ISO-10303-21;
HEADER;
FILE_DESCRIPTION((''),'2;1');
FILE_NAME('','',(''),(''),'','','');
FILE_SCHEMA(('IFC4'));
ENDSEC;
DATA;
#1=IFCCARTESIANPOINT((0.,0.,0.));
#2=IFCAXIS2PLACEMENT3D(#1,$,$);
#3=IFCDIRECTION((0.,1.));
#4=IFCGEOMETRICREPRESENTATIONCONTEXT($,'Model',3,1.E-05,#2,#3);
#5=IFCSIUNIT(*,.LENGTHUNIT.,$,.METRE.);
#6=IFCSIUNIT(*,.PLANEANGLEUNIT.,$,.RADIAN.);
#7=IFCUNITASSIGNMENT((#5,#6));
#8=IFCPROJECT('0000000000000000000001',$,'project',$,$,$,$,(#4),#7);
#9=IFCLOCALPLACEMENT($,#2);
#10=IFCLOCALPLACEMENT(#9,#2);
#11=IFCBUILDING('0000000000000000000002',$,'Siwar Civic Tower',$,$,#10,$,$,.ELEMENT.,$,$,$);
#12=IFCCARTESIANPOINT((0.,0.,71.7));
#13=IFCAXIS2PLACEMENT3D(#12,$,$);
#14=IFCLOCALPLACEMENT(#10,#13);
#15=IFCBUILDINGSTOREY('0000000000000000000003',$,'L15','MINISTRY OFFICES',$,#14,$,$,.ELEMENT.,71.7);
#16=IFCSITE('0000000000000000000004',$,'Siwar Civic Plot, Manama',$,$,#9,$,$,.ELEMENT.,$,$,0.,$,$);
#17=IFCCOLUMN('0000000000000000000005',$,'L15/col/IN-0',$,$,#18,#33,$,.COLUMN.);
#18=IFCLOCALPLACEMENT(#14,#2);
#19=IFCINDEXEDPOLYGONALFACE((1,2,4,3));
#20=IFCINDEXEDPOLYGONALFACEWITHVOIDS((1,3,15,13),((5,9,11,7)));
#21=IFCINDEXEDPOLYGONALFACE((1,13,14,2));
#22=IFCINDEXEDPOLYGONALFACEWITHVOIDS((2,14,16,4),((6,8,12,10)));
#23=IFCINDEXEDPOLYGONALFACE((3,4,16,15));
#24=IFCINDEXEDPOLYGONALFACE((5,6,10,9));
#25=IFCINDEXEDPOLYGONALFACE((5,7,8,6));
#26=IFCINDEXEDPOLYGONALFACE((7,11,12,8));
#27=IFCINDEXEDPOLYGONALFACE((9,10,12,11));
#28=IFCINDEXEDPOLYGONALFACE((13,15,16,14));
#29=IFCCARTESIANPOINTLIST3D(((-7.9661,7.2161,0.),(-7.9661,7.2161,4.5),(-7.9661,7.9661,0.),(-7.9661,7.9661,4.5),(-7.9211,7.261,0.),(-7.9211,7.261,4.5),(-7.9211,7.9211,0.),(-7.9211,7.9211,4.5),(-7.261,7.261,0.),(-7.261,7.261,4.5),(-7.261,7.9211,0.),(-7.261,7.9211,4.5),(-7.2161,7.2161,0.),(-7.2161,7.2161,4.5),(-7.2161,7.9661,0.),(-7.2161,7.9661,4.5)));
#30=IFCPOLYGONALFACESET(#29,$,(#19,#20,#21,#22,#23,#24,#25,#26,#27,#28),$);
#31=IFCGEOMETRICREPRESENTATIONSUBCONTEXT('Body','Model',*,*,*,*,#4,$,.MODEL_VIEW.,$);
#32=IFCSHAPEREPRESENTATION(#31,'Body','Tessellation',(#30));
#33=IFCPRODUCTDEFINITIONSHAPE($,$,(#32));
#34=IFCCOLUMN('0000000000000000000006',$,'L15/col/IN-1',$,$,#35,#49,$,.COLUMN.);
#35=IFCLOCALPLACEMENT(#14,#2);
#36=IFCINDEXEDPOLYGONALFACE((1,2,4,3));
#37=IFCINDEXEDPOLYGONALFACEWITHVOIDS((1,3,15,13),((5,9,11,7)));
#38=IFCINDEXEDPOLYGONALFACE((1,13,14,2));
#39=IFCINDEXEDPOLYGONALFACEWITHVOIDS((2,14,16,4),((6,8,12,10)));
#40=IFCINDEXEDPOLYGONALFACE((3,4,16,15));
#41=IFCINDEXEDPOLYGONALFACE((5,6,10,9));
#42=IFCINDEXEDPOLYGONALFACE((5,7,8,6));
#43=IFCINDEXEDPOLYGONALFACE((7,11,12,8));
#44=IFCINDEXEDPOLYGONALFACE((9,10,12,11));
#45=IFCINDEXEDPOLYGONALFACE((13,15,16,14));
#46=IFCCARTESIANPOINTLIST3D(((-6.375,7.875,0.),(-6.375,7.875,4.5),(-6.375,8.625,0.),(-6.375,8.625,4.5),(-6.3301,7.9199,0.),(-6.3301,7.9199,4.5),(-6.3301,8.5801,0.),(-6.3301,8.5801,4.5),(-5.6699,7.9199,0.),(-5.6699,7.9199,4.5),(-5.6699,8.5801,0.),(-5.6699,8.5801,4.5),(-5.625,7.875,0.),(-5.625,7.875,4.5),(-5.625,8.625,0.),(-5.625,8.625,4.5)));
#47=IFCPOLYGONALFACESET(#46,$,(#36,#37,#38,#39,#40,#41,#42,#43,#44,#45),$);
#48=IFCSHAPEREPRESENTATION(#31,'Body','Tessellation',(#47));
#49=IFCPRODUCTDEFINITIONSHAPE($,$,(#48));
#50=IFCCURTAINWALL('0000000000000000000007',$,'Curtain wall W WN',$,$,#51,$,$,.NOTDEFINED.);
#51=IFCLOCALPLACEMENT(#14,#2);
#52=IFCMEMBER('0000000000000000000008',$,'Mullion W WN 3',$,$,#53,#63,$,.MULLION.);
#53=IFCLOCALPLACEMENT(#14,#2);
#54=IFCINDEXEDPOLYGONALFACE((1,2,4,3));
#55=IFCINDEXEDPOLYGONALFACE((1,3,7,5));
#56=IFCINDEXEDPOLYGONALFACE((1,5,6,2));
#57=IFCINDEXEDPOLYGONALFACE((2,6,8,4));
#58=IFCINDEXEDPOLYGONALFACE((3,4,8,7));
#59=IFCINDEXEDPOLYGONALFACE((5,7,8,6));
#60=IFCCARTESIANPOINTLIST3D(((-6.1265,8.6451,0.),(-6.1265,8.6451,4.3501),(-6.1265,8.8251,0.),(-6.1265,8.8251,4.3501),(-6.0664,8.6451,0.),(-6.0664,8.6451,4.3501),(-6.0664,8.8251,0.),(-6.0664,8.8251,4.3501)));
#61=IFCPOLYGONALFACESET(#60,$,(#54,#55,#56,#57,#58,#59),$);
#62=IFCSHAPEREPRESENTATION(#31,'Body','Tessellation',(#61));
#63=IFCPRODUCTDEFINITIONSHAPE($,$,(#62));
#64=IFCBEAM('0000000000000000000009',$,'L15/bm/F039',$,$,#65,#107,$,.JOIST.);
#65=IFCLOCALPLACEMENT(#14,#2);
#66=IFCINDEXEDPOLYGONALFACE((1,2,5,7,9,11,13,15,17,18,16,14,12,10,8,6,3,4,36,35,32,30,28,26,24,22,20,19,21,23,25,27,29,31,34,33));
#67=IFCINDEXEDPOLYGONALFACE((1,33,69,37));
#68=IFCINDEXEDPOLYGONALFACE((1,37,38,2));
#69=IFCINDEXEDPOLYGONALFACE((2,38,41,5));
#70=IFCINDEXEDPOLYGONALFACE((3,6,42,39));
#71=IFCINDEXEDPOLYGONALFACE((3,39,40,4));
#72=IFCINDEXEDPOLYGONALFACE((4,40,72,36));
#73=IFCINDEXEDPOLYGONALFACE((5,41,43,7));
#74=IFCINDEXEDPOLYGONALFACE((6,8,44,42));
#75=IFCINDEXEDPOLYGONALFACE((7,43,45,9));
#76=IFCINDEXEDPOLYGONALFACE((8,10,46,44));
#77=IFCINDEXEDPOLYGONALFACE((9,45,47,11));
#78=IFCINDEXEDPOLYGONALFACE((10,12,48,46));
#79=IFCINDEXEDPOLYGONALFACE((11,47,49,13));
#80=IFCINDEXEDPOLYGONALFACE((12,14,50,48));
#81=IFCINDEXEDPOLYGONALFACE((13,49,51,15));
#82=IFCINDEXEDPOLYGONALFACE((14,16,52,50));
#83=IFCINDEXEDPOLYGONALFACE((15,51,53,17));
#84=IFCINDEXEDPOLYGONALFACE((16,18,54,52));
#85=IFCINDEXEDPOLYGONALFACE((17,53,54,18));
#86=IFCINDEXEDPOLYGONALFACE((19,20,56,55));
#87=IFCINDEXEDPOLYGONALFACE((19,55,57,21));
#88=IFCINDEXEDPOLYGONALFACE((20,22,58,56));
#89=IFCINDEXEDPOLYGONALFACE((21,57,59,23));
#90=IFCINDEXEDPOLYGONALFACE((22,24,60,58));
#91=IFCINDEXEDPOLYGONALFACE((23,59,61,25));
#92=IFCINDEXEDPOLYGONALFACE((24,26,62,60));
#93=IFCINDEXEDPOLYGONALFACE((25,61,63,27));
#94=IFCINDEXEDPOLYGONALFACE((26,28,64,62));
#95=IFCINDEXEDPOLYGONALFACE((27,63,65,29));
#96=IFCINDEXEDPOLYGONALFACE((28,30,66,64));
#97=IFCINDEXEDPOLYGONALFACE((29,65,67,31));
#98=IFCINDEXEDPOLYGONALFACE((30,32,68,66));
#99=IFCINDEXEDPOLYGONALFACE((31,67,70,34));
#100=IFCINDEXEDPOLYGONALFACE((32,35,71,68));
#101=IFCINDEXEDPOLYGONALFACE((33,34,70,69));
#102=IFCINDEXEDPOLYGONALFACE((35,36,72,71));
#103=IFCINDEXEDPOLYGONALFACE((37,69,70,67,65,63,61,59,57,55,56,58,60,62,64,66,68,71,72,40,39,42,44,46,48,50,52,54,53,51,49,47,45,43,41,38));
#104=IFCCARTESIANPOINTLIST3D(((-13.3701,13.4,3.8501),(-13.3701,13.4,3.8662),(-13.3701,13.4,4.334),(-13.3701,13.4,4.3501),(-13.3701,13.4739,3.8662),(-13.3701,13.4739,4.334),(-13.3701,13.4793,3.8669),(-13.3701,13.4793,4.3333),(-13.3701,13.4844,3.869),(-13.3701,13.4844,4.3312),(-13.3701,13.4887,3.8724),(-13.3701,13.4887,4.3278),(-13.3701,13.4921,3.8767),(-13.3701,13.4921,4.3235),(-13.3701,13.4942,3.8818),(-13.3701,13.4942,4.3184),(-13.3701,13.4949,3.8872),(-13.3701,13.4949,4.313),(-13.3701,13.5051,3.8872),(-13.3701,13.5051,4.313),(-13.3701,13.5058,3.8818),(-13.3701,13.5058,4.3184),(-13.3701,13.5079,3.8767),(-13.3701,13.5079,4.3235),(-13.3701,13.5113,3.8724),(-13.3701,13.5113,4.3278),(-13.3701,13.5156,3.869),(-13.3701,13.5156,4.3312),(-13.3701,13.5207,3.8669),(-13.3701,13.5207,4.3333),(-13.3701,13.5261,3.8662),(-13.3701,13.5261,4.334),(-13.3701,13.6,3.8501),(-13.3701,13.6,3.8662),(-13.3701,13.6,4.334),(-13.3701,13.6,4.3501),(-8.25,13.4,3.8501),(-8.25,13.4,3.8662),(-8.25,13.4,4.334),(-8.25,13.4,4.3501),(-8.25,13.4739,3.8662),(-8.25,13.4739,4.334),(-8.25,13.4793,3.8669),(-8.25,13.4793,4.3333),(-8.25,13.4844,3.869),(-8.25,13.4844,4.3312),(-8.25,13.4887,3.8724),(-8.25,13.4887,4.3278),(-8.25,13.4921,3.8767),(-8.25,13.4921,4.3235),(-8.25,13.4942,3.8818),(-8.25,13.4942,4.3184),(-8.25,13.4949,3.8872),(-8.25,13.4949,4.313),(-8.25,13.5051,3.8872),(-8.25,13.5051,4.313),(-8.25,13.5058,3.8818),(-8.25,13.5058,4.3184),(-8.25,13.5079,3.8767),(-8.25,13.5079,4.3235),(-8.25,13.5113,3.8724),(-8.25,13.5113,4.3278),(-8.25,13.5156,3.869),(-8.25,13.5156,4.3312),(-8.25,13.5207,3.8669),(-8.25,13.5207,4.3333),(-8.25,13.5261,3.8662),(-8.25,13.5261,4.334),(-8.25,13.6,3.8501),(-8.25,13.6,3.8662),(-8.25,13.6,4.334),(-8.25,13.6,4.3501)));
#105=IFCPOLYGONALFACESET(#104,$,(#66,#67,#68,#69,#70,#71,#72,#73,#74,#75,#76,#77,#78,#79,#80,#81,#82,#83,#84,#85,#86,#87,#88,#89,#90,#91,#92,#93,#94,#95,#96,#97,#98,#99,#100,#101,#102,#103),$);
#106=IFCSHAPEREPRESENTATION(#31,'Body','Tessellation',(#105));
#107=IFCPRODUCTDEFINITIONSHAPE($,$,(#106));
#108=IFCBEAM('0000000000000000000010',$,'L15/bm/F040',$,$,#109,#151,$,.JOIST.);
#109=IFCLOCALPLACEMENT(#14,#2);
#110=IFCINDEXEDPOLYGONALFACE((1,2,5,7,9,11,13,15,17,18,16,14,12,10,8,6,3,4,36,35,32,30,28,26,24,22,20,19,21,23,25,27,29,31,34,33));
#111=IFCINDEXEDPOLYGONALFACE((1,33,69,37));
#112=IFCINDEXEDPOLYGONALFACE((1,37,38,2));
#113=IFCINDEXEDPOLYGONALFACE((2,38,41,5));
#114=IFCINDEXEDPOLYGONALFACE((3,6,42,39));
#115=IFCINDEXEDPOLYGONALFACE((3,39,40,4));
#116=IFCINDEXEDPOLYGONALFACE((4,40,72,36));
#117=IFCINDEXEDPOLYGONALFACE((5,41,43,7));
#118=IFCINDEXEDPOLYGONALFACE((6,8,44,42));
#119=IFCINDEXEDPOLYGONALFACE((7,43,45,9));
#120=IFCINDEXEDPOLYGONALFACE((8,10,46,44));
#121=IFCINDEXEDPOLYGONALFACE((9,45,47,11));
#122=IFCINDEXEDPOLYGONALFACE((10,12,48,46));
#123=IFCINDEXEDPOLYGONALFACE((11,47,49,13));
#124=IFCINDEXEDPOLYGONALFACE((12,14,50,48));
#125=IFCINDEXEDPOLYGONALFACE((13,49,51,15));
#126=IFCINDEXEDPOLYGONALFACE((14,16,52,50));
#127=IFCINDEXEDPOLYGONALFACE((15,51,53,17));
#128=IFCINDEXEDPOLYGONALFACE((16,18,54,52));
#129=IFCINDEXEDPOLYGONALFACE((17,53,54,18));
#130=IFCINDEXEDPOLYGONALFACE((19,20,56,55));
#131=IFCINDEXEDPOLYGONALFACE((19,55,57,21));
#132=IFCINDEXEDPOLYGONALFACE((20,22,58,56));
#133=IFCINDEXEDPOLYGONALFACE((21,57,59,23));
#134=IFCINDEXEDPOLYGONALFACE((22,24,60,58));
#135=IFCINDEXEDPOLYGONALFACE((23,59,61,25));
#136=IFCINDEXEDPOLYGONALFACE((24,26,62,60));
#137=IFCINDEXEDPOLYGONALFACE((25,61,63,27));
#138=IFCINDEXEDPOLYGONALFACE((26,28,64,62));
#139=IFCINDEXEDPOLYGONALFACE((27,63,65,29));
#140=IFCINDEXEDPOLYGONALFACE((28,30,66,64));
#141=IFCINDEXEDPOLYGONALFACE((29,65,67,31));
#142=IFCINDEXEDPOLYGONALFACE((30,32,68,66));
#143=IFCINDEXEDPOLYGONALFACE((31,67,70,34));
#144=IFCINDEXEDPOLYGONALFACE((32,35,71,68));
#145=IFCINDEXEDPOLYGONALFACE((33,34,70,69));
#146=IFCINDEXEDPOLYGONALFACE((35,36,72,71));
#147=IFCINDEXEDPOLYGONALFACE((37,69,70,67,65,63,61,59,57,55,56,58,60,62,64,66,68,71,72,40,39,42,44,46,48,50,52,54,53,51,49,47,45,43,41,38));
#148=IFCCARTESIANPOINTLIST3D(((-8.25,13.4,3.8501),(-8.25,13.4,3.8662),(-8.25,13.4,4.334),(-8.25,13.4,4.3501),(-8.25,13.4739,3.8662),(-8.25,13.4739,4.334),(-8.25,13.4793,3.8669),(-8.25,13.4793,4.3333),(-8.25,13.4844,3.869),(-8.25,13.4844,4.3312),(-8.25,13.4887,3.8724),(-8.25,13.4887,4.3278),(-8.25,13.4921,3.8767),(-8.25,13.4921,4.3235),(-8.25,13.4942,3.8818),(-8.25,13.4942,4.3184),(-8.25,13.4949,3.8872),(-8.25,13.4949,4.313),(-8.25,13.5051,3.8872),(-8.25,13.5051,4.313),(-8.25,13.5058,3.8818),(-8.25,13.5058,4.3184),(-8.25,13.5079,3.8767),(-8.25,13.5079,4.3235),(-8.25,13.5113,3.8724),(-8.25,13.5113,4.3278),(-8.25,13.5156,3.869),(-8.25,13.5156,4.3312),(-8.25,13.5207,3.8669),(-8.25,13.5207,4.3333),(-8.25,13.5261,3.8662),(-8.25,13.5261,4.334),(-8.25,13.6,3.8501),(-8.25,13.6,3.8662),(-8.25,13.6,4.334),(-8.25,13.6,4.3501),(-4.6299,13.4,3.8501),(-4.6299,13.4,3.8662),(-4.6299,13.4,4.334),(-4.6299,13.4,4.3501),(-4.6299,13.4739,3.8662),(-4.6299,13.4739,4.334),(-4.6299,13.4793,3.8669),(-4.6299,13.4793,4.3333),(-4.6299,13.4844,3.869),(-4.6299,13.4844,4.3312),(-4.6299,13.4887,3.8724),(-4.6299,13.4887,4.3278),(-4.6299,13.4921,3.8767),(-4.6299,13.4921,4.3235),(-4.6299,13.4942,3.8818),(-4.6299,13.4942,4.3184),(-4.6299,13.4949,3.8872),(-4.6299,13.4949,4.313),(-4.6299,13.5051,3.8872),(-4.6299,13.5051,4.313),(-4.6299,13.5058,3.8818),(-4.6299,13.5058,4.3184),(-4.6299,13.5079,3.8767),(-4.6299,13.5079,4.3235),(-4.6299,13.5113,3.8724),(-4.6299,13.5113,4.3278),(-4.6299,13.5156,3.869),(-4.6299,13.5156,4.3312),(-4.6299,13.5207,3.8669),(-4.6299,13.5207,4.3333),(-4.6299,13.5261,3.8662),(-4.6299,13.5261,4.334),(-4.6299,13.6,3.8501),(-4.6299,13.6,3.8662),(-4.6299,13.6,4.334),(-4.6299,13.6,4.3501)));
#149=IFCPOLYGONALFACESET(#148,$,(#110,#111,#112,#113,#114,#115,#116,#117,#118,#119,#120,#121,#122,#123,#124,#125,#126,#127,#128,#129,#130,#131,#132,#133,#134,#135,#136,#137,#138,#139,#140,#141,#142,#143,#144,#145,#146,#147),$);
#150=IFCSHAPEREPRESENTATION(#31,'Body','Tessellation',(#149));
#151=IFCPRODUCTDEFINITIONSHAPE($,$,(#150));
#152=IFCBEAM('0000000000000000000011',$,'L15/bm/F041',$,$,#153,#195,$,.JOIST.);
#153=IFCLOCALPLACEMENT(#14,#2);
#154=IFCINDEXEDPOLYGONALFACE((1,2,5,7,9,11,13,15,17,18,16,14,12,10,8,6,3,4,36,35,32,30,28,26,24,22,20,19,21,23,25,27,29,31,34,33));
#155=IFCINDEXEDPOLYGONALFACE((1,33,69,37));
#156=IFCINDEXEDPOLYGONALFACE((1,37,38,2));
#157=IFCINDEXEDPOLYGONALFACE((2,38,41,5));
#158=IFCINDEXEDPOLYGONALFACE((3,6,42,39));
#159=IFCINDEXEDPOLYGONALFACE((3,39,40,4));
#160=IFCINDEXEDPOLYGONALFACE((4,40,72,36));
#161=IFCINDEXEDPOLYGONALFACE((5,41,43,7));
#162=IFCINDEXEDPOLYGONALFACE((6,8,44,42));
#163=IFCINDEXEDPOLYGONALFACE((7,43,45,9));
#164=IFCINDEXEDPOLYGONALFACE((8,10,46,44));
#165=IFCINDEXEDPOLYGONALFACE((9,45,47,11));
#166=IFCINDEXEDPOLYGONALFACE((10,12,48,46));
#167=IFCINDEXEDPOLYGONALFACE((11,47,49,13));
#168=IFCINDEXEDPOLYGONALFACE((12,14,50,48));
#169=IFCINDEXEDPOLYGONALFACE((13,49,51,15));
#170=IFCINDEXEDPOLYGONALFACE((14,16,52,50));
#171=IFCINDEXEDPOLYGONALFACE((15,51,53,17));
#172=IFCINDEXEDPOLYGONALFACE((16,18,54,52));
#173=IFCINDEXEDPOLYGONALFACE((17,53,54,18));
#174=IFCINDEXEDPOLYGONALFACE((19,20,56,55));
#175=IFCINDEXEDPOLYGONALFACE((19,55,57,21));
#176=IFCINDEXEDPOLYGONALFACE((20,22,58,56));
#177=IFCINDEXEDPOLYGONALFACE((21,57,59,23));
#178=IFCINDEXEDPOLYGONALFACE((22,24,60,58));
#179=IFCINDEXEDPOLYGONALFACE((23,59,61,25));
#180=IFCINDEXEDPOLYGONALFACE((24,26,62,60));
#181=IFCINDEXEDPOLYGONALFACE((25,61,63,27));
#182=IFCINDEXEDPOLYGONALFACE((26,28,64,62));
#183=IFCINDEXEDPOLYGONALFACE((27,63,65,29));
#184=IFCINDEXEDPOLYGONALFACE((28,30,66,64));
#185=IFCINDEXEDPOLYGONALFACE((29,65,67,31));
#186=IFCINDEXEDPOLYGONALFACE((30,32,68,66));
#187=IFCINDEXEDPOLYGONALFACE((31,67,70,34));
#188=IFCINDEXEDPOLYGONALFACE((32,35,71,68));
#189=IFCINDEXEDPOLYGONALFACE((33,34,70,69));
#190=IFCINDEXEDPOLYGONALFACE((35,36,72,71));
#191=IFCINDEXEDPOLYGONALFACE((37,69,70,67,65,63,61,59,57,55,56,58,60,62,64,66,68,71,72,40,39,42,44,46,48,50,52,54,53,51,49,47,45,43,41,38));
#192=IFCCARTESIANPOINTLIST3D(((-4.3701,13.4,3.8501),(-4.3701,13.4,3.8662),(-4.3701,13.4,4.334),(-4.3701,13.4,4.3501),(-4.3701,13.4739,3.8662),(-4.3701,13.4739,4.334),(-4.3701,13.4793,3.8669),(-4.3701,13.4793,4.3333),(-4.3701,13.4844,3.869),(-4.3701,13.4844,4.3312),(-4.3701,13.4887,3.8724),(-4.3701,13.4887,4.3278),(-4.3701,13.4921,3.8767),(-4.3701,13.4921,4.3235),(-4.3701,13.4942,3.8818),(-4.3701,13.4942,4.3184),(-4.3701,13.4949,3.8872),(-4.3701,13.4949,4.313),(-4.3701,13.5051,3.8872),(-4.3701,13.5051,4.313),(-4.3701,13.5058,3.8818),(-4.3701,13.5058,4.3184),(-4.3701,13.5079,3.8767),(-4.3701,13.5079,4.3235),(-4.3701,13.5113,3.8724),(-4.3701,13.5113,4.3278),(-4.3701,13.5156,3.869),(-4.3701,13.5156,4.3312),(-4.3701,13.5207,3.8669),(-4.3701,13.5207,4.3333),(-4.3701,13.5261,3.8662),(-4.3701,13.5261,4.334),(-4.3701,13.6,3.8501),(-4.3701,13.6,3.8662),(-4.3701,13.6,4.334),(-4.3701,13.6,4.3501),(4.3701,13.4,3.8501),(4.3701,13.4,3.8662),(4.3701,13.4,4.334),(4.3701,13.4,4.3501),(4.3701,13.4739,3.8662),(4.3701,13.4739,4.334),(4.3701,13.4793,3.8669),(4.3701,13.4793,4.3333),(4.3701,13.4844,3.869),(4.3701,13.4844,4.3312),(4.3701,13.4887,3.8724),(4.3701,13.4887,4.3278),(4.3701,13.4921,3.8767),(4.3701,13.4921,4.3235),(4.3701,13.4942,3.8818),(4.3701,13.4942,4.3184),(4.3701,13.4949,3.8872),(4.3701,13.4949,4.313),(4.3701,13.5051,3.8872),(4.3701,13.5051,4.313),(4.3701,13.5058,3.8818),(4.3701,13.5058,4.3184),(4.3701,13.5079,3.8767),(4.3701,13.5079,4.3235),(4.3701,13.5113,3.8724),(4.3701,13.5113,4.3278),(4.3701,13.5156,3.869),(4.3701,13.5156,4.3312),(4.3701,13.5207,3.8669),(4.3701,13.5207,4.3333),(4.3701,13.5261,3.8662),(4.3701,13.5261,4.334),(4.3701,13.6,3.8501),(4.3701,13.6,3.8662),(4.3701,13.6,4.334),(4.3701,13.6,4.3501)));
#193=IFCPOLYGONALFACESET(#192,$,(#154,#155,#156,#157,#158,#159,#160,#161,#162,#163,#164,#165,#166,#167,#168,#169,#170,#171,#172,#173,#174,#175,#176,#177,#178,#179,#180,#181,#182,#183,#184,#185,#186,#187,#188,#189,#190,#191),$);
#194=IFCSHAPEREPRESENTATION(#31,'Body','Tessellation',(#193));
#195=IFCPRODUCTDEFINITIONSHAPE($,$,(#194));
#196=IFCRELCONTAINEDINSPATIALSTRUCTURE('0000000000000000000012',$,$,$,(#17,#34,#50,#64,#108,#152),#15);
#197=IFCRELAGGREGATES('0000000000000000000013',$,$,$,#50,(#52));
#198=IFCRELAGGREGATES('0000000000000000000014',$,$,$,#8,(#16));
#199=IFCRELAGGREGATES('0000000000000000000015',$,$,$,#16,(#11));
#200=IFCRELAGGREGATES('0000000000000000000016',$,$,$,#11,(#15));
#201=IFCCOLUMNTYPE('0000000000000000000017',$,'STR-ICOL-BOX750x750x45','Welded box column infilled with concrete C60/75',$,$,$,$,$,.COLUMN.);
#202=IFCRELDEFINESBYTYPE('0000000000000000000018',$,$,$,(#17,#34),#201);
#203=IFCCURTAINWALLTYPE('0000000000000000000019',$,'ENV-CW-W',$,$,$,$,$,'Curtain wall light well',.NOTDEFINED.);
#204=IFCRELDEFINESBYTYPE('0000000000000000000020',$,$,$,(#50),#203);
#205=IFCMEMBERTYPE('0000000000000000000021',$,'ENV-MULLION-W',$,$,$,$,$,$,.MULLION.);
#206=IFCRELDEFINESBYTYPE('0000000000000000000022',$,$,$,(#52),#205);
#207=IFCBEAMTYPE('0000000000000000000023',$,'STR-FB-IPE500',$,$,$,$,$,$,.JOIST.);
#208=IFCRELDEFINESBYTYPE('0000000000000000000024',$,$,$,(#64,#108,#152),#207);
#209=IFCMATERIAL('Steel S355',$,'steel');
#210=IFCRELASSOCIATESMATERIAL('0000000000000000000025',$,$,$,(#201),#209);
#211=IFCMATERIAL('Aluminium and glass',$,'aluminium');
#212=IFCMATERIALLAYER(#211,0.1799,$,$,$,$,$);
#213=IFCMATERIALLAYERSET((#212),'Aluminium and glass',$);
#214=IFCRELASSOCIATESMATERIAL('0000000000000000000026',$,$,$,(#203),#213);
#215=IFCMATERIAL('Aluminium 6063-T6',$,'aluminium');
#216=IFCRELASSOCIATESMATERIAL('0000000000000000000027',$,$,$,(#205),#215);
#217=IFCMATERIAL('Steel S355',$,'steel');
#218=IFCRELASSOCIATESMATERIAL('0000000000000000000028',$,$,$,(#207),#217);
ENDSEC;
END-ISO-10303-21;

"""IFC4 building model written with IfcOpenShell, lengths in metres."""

from ifc_helpers import new_model, si_unit, direction, frame, origin, origin_2d, place, context, subcontext, project, spatial, rectangle, hollow_rectangle, i_section, extrude, material, layer, layer_set, material_profile, profile_set, type_object, element, aggregate, save


model = new_model("IFC4")

# Units and contexts
model_context = context("Model", 3, precision=1e-05, world=origin(), true_north=direction((0.0, 1.0)))
body_context = subcontext(model_context, "Body", "Model", "MODEL_VIEW")
ifc_project = project(units=[si_unit("LENGTHUNIT", "METRE"), si_unit("PLANEANGLEUNIT", "RADIAN")], contexts=[model_context])

# Site, building, storey
site_placement = place(None, origin())
site = spatial("IfcSite", under=ifc_project, at=site_placement, Name="Siwar Civic Plot, Manama", CompositionType="ELEMENT", RefElevation=0.0)
building_placement = place(site_placement, origin())
building = spatial("IfcBuilding", under=site, at=building_placement, Name="Siwar Civic Tower", CompositionType="ELEMENT")
storey_placement = place(building_placement, frame((0.0, 0.0, 71.7)))
storey = spatial("IfcBuildingStorey", under=building, at=storey_placement, Name="L15", Description="MINISTRY OFFICES", CompositionType="ELEMENT", Elevation=71.7)

# Columns
ifc_material_1 = material(Name="Steel S355", Category="steel")
ifc_material_profile_1 = material_profile(ifc_material_1, hollow_rectangle(XDim=0.75, YDim=0.75, WallThickness=0.0449, at=origin_2d()), Name="BOX750x750x45")
ifc_profile_set_1 = profile_set([ifc_material_profile_1], Name="Steel S355")
column_type = type_object("IfcColumnType", Name="STR-ICOL-BOX750x750x45", Description="Welded box column infilled with concrete C60/75", PredefinedType="COLUMN", material=ifc_profile_set_1)
for number, where, z_axis, x_axis, name in (
    (1, (-7.5911, 7.5911, 0.0), (0.0, 0.0, 1.0), (1.0, 0.0, 0.0), "L15/col/IN-0"),
    (2, (-6.0, 8.25, 0.0), (0.0, 0.0, 1.0), (1.0, 0.0, 0.0), "L15/col/IN-1"),
):
    element("IfcColumn", number, at=place(storey_placement, frame(where, z_axis=z_axis, x_axis=x_axis)), inside=storey, type_object=column_type, Name=name, PredefinedType="COLUMN", context=body_context, shape_type="SweptSolid", body=[
        extrude(hollow_rectangle(XDim=0.75, YDim=0.75, WallThickness=0.0449, at=origin_2d()), origin(), (0.0, 0.0, 1.0), 4.5),
    ])

# Curtain wall, member
ifc_material_2 = material(Name="Aluminium and glass", Category="aluminium")
ifc_layer_1 = layer(ifc_material_2, 0.1799)
ifc_layer_set_1 = layer_set([ifc_layer_1], Name="Aluminium and glass")
curtain_wall_type = type_object("IfcCurtainWallType", Name="ENV-CW-W", ElementType="Curtain wall light well", PredefinedType="NOTDEFINED", material=ifc_layer_set_1)
curtain_wall_placement = place(storey_placement, origin())
curtain_wall = element("IfcCurtainWall", 3, at=curtain_wall_placement, inside=storey, type_object=curtain_wall_type, Name="Curtain wall W WN", PredefinedType="NOTDEFINED")
ifc_material_3 = material(Name="Aluminium 6063-T6", Category="aluminium")
ifc_material_profile_2 = material_profile(ifc_material_3, rectangle(XDim=0.1799, YDim=0.0601, at=origin_2d()), Name="AL 180x60")
ifc_profile_set_2 = profile_set([ifc_material_profile_2], Name="Aluminium 6063-T6")
member_type = type_object("IfcMemberType", Name="ENV-MULLION-W", PredefinedType="MULLION", material=ifc_profile_set_2)
member_placement = place(storey_placement, frame((-6.0964, 8.7351, 0.0), z_axis=(0.0, 0.0, 1.0), x_axis=(0.0, -1.0, 0.0)))
member = element("IfcMember", 4, at=member_placement, type_object=member_type, Name="Mullion W WN 3", PredefinedType="MULLION", context=body_context, shape_type="SweptSolid", body=[
    extrude(rectangle(XDim=0.1799, YDim=0.0601, at=origin_2d()), origin(), (0.0, 0.0, 1.0), 4.3501),
])
aggregate(curtain_wall, [member])

# Beams
ifc_material_4 = material(Name="Steel S355", Category="steel")
ifc_material_profile_3 = material_profile(ifc_material_4, i_section(OverallWidth=0.2, OverallDepth=0.5, WebThickness=0.0103, FlangeThickness=0.0161, FilletRadius=0.021, at=origin_2d()), Name="IPE500")
ifc_profile_set_3 = profile_set([ifc_material_profile_3], Name="Steel S355")
beam_type_1 = type_object("IfcBeamType", Name="STR-FB-IPE500", PredefinedType="JOIST", material=ifc_profile_set_3)
beam_1_placement = place(storey_placement, frame((-13.3701, 13.5, 4.1001), z_axis=(1.0, 0.0, 0.0), x_axis=(0.0, 1.0, 0.0)))
element("IfcBeam", 5, at=beam_1_placement, inside=storey, type_object=beam_type_1, Name="L15/bm/F039", PredefinedType="JOIST", context=body_context, shape_type="SweptSolid", body=[
    extrude(i_section(OverallWidth=0.2, OverallDepth=0.5, WebThickness=0.0103, FlangeThickness=0.0161, FilletRadius=0.021, at=origin_2d()), origin(), (0.0, 0.0, 1.0), 5.1201),
])
beam_2_placement = place(storey_placement, frame((-8.25, 13.5, 4.1001), z_axis=(1.0, 0.0, 0.0), x_axis=(0.0, 1.0, 0.0)))
element("IfcBeam", 6, at=beam_2_placement, inside=storey, type_object=beam_type_1, Name="L15/bm/F040", PredefinedType="JOIST", context=body_context, shape_type="SweptSolid", body=[
    extrude(i_section(OverallWidth=0.2, OverallDepth=0.5, WebThickness=0.0103, FlangeThickness=0.0161, FilletRadius=0.021, at=origin_2d()), origin(), (0.0, 0.0, 1.0), 3.6201),
])
beam_3_placement = place(storey_placement, frame((-4.3701, 13.5, 4.1001), z_axis=(1.0, 0.0, 0.0), x_axis=(0.0, 1.0, 0.0)))
element("IfcBeam", 7, at=beam_3_placement, inside=storey, type_object=beam_type_1, Name="L15/bm/F041", PredefinedType="JOIST", context=body_context, shape_type="SweptSolid", body=[
    extrude(i_section(OverallWidth=0.2, OverallDepth=0.5, WebThickness=0.0103, FlangeThickness=0.0161, FilletRadius=0.021, at=origin_2d()), origin(), (0.0, 0.0, 1.0), 8.7402),
])

save(model, "model.ifc")
